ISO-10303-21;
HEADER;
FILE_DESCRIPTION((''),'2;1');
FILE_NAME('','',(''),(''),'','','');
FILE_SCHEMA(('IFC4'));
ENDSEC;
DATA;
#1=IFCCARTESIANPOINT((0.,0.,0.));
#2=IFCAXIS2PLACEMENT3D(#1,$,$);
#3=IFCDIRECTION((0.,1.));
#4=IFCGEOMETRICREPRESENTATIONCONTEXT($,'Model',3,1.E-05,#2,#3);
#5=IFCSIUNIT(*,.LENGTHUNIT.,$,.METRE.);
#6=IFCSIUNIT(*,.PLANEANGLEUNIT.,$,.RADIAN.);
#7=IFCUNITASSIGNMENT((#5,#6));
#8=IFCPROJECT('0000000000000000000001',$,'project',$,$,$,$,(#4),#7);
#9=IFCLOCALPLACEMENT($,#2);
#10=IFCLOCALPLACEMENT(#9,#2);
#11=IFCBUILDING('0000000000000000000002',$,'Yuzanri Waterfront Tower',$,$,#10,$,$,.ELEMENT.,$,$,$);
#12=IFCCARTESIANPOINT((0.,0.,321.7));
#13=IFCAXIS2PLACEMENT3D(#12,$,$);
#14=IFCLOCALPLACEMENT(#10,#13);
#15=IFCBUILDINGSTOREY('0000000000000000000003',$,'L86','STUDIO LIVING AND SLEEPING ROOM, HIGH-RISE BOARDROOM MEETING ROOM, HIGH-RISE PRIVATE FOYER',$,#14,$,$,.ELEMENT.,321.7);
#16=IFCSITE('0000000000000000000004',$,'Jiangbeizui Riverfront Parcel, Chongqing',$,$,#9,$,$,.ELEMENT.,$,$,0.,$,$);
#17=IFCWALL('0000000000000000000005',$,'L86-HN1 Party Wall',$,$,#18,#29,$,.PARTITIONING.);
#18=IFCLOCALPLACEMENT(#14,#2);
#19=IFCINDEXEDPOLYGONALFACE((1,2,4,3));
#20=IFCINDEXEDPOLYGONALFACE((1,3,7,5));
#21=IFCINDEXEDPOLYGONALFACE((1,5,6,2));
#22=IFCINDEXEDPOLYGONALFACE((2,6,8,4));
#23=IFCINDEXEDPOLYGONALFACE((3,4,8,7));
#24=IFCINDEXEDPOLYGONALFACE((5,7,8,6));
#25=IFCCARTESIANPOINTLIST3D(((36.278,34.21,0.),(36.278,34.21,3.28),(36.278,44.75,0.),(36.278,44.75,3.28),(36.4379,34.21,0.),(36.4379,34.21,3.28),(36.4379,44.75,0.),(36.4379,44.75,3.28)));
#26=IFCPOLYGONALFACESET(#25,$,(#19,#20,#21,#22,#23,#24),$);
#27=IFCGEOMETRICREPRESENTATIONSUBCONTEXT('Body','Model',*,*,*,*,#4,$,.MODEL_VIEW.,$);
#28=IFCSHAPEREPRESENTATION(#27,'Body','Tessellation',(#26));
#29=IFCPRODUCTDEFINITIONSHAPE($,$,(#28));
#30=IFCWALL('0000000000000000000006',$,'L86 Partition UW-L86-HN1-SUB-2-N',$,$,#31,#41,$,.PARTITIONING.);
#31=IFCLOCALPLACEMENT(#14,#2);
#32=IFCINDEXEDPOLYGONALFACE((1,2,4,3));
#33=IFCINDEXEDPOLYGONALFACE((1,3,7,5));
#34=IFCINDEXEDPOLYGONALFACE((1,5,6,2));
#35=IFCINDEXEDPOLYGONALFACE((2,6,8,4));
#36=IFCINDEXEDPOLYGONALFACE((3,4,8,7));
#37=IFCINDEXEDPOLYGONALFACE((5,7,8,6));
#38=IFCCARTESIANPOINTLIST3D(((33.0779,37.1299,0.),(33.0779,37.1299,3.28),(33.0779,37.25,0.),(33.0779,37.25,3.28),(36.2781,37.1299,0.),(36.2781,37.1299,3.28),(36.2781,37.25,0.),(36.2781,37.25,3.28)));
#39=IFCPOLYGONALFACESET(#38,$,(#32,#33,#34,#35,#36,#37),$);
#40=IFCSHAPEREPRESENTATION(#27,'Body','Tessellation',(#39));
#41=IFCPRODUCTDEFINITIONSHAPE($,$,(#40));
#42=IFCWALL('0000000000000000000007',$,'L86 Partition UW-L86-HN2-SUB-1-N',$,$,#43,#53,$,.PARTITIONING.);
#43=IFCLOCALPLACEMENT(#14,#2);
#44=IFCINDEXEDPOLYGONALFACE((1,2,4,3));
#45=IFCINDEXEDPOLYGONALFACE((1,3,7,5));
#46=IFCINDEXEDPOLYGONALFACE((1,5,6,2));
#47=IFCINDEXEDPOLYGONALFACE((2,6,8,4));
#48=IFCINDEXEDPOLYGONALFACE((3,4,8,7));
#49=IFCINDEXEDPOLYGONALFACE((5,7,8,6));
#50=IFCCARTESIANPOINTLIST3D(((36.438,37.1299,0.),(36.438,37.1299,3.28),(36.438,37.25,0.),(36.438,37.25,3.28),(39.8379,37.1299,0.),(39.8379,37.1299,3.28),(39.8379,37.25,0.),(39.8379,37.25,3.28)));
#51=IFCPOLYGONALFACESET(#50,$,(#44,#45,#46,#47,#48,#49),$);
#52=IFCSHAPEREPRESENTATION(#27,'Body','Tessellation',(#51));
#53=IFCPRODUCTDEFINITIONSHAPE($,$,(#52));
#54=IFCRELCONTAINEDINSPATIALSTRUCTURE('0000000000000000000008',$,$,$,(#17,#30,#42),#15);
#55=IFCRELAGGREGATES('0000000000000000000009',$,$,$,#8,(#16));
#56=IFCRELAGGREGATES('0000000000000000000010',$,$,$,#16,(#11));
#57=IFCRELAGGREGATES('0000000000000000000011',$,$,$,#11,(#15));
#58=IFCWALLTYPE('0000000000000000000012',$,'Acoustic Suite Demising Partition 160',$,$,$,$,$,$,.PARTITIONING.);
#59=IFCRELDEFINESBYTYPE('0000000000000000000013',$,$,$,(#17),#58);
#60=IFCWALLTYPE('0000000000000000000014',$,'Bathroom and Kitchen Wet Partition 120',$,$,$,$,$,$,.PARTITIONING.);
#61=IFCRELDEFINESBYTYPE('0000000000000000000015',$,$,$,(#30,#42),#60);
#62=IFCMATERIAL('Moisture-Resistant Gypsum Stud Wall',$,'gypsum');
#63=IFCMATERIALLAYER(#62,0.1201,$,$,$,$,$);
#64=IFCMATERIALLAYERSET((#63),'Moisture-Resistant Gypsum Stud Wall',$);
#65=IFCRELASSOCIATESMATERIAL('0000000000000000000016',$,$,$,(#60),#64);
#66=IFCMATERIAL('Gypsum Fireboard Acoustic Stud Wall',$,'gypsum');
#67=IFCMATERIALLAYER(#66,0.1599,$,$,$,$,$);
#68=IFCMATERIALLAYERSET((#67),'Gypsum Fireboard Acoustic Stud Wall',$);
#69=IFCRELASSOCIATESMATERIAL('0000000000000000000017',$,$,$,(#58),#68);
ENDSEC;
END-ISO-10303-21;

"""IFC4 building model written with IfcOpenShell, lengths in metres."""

from ifc_helpers import new_model, si_unit, direction, frame, frame_2d, origin, place, context, subcontext, project, spatial, rectangle, extrude, source, transform, mapped, material, layer, layer_set, type_object, element, save


model = new_model("IFC4")

# Units and contexts
model_context = context("Model", 3, precision=1e-05, world=origin(), true_north=direction((0.0, 1.0)))
body_context = subcontext(model_context, "Body", "Model", "MODEL_VIEW")
ifc_project = project(units=[si_unit("LENGTHUNIT", "METRE"), si_unit("PLANEANGLEUNIT", "RADIAN")], contexts=[model_context])

# Site, building, storey
site_placement = place(None, origin())
site = spatial("IfcSite", under=ifc_project, at=site_placement, Name="Jiangbeizui Riverfront Parcel, Chongqing", CompositionType="ELEMENT", RefElevation=0.0)
building_placement = place(site_placement, origin())
building = spatial("IfcBuilding", under=site, at=building_placement, Name="Yuzanri Waterfront Tower", CompositionType="ELEMENT")
storey_placement = place(building_placement, frame((0.0, 0.0, 321.7)))
storey = spatial("IfcBuildingStorey", under=building, at=storey_placement, Name="L86", Description="STUDIO LIVING AND SLEEPING ROOM, HIGH-RISE BOARDROOM MEETING ROOM, HIGH-RISE PRIVATE FOYER", CompositionType="ELEMENT", Elevation=321.7)

# Shared definitions
ifc_material_1 = material(Name="Moisture-Resistant Gypsum Stud Wall", Category="gypsum")
ifc_layer_1 = layer(ifc_material_1, 0.1201)
ifc_layer_set_1 = layer_set([ifc_layer_1], Name="Moisture-Resistant Gypsum Stud Wall")
wall_type_1 = type_object("IfcWallType", Name="Bathroom and Kitchen Wet Partition 120", PredefinedType="PARTITIONING", material=ifc_layer_set_1)

# Walls
ifc_material_2 = material(Name="Gypsum Fireboard Acoustic Stud Wall", Category="gypsum")
ifc_layer_2 = layer(ifc_material_2, 0.1599)
ifc_layer_set_2 = layer_set([ifc_layer_2], Name="Gypsum Fireboard Acoustic Stud Wall")
wall_type_2 = type_object("IfcWallType", Name="Acoustic Suite Demising Partition 160", PredefinedType="PARTITIONING", material=ifc_layer_set_2)
shared_shape_1 = source(origin(), body_context, "Body", "SweptSolid", [
    extrude(rectangle(XDim=10.54, YDim=0.1599, at=frame_2d((5.27, 0.0))), origin(), (0.0, 0.0, 1.0), 3.28),
])
wall_1_placement = place(storey_placement, frame((36.3579, 34.21, 0.0), z_axis=(0.0, 0.0, 1.0), x_axis=(0.0, 1.0, 0.0)))
element("IfcWall", 1, at=wall_1_placement, inside=storey, type_object=wall_type_2, Name="L86-HN1 Party Wall", PredefinedType="PARTITIONING", context=body_context, shape_type="MappedRepresentation", body=[
    mapped(shared_shape_1, transform((0.0, 0.0, 0.0), scale=1.0)),
])
shared_shape_2 = source(origin(), body_context, "Body", "SweptSolid", [
    extrude(rectangle(XDim=3.2002, YDim=0.1201, at=frame_2d((1.6001, 0.0))), origin(), (0.0, 0.0, 1.0), 3.28),
])
wall_2_placement = place(storey_placement, frame((33.0779, 37.1899, 0.0), z_axis=(0.0, 0.0, 1.0), x_axis=(1.0, 0.0, 0.0)))
element("IfcWall", 2, at=wall_2_placement, inside=storey, type_object=wall_type_1, Name="L86 Partition UW-L86-HN1-SUB-2-N", PredefinedType="PARTITIONING", context=body_context, shape_type="MappedRepresentation", body=[
    mapped(shared_shape_2, transform((0.0, 0.0, 0.0), scale=1.0)),
])
shared_shape_3 = source(origin(), body_context, "Body", "SweptSolid", [
    extrude(rectangle(XDim=3.3999, YDim=0.1201, at=frame_2d((1.7, 0.0))), origin(), (0.0, 0.0, 1.0), 3.28),
])
wall_3_placement = place(storey_placement, frame((36.438, 37.1899, 0.0), z_axis=(0.0, 0.0, 1.0), x_axis=(1.0, 0.0, 0.0)))
element("IfcWall", 3, at=wall_3_placement, inside=storey, type_object=wall_type_1, Name="L86 Partition UW-L86-HN2-SUB-1-N", PredefinedType="PARTITIONING", context=body_context, shape_type="MappedRepresentation", body=[
    mapped(shared_shape_3, transform((0.0, 0.0, 0.0), scale=1.0)),
])

save(model, "model.ifc")
